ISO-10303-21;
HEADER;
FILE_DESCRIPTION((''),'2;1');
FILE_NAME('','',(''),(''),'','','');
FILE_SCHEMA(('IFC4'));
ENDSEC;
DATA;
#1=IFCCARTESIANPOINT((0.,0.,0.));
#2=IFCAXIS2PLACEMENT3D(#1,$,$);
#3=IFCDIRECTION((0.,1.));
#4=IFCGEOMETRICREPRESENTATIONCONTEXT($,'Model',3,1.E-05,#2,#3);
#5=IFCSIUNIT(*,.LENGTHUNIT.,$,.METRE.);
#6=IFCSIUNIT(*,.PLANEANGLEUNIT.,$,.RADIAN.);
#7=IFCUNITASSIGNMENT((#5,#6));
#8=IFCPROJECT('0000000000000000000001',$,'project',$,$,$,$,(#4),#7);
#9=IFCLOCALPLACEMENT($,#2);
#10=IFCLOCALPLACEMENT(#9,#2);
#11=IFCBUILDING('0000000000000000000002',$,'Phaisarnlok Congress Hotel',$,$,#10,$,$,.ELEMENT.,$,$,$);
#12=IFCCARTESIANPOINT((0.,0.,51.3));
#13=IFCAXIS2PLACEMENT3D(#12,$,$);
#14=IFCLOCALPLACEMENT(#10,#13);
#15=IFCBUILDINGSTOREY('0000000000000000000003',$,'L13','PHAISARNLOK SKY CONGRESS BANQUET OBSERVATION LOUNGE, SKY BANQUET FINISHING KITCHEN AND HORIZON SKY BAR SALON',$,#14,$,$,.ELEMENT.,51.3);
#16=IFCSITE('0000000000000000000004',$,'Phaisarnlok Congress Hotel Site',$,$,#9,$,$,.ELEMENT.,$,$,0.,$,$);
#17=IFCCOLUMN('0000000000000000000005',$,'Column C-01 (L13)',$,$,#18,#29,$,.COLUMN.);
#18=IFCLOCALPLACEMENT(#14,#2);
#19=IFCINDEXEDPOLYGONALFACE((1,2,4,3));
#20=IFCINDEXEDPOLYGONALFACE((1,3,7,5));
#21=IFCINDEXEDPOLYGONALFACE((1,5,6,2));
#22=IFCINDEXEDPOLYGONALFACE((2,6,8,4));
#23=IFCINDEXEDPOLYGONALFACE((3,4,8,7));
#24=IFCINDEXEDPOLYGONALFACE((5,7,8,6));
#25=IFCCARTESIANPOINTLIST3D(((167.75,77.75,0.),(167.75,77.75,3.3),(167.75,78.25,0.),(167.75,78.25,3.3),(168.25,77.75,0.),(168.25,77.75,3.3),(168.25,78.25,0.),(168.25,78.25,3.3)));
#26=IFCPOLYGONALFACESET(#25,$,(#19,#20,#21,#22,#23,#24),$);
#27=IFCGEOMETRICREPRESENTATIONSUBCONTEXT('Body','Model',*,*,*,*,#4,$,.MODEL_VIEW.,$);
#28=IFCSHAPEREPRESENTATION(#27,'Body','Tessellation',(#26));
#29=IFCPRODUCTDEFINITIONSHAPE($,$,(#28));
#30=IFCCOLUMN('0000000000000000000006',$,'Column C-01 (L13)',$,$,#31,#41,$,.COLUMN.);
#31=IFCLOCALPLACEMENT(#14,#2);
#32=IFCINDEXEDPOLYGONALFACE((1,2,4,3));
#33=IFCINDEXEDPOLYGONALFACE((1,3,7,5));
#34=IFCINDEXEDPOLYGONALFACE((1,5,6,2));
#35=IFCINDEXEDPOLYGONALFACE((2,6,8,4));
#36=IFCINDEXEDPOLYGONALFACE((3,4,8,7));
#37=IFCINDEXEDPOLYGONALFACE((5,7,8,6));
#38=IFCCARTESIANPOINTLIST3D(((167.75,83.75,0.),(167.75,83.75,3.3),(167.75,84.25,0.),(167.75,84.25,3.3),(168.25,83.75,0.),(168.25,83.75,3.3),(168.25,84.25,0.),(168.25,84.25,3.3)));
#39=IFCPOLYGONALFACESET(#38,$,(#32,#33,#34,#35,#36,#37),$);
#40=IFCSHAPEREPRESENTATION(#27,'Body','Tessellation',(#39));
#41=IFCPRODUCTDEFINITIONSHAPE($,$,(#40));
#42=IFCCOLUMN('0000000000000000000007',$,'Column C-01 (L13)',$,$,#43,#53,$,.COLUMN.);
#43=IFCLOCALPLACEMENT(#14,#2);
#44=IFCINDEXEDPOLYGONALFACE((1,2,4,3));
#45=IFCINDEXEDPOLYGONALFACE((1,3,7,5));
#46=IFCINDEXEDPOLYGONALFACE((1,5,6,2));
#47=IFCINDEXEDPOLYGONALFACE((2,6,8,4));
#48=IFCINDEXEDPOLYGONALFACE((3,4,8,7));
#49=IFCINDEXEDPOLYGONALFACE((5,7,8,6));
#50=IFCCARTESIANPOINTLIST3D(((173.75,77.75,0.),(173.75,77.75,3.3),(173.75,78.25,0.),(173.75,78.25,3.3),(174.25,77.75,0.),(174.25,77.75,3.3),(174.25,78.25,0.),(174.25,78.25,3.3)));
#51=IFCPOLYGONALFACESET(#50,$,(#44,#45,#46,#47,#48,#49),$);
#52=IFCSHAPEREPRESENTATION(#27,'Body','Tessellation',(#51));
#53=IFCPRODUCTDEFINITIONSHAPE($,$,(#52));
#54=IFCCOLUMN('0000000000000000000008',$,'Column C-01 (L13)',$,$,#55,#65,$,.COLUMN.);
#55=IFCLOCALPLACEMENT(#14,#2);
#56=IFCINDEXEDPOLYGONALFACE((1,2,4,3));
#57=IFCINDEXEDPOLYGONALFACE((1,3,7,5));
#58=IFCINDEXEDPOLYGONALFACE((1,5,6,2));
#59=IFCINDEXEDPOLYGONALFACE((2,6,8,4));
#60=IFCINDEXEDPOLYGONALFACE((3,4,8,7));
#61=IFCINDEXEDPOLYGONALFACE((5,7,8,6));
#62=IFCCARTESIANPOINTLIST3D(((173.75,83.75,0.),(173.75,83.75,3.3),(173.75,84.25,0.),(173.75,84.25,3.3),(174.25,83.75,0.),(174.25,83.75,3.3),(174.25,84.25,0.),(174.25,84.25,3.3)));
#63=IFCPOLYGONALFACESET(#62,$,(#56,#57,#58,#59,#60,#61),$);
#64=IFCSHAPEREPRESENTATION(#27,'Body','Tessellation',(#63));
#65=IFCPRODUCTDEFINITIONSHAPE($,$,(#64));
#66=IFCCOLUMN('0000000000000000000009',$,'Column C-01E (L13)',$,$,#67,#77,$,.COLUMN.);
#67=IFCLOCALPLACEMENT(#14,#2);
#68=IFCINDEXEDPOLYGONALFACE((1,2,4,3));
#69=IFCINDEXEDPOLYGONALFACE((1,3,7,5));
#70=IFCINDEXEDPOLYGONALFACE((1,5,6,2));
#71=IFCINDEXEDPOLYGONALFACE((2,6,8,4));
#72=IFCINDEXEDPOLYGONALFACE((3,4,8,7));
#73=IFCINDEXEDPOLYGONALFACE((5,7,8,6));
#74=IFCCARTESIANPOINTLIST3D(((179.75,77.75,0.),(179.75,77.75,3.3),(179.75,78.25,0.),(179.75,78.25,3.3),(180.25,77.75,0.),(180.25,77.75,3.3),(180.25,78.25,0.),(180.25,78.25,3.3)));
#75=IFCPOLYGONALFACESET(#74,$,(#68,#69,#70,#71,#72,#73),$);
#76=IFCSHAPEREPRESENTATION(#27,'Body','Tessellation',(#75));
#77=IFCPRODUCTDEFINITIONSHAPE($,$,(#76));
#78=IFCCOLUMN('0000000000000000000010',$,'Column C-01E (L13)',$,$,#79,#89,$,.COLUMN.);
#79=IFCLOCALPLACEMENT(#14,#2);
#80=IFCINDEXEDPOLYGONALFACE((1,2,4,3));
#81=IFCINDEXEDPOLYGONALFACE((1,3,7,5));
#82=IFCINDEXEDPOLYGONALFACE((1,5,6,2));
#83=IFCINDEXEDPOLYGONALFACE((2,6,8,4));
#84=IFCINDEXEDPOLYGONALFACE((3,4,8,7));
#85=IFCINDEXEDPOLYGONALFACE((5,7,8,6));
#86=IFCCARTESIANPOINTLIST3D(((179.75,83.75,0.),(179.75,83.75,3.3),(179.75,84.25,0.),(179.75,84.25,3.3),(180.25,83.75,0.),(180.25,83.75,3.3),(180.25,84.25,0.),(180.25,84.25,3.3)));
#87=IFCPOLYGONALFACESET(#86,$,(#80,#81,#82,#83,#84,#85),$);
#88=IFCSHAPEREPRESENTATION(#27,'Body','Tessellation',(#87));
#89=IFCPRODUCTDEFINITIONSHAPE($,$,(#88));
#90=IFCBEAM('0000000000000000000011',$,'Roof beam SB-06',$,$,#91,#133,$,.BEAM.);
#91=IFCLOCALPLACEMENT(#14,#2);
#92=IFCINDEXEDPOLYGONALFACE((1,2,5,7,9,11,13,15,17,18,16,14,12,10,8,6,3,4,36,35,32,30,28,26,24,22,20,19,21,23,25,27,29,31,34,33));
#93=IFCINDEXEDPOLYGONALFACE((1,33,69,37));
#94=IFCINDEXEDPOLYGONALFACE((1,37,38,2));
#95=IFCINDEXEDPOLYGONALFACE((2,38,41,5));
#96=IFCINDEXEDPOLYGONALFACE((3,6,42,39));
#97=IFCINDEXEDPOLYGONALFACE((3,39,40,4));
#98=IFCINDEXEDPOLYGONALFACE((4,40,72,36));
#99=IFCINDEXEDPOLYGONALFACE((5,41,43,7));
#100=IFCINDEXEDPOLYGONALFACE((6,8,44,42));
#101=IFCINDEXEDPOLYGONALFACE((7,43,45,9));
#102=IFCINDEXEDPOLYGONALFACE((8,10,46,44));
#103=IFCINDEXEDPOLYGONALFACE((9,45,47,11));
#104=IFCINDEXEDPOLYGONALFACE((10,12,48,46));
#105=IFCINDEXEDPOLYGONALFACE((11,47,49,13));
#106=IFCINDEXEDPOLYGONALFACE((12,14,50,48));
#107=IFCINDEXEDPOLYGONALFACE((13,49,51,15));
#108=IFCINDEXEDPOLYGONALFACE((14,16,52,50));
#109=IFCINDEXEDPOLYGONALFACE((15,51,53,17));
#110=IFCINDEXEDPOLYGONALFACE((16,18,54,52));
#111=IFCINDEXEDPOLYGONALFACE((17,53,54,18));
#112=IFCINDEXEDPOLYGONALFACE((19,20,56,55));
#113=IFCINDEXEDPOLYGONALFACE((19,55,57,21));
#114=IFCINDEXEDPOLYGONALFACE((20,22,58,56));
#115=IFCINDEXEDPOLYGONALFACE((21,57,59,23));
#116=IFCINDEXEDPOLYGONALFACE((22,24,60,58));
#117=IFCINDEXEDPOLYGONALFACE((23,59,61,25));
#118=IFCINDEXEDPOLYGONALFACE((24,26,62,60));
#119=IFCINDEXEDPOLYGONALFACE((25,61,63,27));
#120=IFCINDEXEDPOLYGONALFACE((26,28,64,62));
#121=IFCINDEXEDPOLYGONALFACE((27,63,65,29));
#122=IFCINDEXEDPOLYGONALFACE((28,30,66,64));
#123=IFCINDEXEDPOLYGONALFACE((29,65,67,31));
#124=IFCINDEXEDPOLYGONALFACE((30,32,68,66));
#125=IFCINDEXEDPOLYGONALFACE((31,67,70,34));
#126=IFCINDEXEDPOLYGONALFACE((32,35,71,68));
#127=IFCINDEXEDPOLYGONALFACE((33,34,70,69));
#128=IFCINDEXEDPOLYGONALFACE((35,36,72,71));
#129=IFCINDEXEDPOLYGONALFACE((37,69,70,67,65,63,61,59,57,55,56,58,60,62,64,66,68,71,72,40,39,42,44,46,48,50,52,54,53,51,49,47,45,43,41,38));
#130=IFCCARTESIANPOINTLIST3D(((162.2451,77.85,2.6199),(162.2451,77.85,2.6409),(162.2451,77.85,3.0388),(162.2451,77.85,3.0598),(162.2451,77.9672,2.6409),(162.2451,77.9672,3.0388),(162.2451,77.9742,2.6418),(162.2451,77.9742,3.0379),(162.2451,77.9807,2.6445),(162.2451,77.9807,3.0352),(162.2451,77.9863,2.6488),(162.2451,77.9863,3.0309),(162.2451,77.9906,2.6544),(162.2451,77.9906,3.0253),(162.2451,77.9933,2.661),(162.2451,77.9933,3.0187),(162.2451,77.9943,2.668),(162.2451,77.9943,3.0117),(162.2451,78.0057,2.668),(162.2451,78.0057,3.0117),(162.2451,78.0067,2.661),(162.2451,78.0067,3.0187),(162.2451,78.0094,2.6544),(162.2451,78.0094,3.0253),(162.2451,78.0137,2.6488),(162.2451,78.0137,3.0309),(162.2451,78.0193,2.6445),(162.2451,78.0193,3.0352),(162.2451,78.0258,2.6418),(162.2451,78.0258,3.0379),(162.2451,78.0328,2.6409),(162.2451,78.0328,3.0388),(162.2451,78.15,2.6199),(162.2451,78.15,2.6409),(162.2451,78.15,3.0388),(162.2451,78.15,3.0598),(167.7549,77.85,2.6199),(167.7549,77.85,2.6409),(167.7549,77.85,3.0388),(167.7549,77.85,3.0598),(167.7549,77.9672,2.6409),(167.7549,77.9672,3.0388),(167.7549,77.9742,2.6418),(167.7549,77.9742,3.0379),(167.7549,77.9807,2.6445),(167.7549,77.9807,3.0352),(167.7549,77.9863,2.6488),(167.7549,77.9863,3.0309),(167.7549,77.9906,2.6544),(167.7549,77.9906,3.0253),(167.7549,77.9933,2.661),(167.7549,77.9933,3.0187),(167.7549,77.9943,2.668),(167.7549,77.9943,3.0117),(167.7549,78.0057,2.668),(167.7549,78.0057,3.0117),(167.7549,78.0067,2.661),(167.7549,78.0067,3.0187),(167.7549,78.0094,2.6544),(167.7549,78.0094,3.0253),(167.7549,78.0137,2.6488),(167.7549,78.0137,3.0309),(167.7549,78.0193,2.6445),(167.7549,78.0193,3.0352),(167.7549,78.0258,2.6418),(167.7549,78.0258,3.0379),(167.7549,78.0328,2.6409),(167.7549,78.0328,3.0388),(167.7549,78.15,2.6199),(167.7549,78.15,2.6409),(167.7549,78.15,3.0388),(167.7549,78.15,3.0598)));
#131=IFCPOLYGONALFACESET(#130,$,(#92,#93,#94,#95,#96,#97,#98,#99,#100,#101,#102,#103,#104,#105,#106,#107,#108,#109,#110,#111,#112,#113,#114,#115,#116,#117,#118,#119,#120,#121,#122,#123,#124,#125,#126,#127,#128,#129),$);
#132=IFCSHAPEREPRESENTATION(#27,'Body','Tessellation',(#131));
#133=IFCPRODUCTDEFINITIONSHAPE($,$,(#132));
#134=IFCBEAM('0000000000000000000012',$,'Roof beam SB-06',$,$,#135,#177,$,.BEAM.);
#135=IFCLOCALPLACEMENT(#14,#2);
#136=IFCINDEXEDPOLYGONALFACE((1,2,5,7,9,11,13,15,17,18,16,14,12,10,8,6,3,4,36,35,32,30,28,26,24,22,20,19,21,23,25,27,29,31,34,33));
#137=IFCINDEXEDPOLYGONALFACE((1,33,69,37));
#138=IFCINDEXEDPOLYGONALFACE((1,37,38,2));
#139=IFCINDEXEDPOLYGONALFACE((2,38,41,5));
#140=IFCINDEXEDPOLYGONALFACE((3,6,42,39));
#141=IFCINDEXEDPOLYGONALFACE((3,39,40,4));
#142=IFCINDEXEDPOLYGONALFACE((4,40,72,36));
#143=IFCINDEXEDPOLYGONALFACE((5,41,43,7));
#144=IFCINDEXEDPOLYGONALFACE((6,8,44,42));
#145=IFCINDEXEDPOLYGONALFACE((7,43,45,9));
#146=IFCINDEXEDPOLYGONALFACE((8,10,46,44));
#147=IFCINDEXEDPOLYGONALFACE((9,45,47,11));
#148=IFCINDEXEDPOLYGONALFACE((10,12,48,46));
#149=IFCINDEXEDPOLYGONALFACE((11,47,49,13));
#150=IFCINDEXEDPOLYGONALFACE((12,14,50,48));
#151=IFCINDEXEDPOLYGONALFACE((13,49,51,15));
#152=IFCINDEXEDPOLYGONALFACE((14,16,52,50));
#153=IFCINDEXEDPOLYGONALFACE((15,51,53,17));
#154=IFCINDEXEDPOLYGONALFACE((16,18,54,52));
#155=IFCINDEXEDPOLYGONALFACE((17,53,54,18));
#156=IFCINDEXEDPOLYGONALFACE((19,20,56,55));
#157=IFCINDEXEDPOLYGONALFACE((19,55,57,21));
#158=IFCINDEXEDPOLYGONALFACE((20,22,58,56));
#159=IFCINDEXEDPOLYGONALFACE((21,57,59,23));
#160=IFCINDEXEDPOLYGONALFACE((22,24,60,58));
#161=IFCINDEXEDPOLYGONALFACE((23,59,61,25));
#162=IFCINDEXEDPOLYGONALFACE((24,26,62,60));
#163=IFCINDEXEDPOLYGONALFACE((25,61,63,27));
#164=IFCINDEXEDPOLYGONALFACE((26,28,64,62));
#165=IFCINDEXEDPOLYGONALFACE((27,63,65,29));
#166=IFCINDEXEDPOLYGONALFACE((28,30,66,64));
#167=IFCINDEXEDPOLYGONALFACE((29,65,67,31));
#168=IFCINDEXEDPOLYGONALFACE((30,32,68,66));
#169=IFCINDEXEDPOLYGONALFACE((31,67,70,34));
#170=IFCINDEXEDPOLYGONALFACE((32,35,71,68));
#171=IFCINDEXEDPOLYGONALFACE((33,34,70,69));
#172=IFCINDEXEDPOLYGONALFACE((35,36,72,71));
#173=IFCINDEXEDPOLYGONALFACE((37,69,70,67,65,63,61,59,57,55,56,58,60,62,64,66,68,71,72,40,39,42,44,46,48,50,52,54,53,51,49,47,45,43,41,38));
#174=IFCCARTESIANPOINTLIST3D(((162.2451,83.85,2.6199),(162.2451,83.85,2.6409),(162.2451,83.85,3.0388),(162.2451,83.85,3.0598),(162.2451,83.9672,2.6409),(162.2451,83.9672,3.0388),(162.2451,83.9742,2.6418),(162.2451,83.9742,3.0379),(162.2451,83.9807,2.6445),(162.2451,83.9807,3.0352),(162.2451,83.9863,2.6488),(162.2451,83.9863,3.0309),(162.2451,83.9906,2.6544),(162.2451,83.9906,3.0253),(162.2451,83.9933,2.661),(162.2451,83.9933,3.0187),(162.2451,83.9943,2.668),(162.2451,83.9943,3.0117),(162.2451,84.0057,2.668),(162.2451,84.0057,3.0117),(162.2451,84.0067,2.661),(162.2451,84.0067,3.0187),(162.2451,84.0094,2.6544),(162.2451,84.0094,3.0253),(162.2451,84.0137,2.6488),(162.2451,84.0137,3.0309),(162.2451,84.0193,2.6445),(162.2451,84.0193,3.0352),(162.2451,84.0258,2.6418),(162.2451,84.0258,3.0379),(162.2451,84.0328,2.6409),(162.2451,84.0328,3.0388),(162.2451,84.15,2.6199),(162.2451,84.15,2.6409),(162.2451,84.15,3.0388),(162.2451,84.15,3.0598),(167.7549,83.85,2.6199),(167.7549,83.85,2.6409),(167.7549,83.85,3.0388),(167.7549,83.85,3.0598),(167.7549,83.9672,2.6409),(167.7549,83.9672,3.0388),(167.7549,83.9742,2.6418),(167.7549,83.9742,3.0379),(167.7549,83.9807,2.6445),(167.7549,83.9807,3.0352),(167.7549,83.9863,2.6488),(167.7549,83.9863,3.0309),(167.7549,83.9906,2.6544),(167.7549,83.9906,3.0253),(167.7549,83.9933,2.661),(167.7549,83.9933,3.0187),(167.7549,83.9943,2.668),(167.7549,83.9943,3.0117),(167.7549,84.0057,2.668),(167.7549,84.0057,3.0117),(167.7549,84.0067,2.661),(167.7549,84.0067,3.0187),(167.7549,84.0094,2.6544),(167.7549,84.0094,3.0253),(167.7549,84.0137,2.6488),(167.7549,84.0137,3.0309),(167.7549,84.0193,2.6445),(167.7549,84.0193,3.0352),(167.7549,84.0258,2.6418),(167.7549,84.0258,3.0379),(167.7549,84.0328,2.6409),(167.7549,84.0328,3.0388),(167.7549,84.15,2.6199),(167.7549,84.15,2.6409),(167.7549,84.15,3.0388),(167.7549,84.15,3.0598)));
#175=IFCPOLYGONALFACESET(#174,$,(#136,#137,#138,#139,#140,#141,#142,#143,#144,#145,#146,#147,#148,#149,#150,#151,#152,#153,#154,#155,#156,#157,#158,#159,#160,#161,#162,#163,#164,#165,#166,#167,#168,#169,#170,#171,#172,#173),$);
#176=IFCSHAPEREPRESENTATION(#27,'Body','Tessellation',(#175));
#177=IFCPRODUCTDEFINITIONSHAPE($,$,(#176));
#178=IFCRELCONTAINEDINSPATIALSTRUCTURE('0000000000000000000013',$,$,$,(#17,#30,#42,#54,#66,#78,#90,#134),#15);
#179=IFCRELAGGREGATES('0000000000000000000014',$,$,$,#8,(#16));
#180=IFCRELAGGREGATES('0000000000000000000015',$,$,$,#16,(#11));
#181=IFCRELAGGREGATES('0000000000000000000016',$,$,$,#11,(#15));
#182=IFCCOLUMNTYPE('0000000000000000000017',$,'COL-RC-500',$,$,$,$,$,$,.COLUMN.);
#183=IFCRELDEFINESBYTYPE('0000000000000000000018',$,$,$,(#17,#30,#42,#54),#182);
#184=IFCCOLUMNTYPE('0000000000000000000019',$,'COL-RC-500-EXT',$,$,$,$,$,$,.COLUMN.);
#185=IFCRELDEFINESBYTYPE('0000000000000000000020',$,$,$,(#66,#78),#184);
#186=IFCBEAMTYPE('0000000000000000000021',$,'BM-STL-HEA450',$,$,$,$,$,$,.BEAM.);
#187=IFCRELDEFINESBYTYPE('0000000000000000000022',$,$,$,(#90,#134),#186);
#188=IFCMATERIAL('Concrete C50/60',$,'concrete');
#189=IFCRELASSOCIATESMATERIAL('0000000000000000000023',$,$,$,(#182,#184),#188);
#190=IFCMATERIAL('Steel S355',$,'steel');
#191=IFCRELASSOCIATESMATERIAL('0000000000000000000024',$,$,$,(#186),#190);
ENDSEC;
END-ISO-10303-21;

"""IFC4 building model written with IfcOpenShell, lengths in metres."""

from ifc_helpers import new_model, si_unit, direction, frame, origin, origin_2d, place, context, subcontext, project, spatial, rectangle, i_section, extrude, material, material_profile, profile_set, type_object, element, save


model = new_model("IFC4")

# Units and contexts
model_context = context("Model", 3, precision=1e-05, world=origin(), true_north=direction((0.0, 1.0)))
body_context = subcontext(model_context, "Body", "Model", "MODEL_VIEW")
ifc_project = project(units=[si_unit("LENGTHUNIT", "METRE"), si_unit("PLANEANGLEUNIT", "RADIAN")], contexts=[model_context])

# Site, building, storey
site_placement = place(None, origin())
site = spatial("IfcSite", under=ifc_project, at=site_placement, Name="Phaisarnlok Congress Hotel Site", CompositionType="ELEMENT", RefElevation=0.0)
building_placement = place(site_placement, origin())
building = spatial("IfcBuilding", under=site, at=building_placement, Name="Phaisarnlok Congress Hotel", CompositionType="ELEMENT")
storey_placement = place(building_placement, frame((0.0, 0.0, 51.3)))
storey = spatial("IfcBuildingStorey", under=building, at=storey_placement, Name="L13", Description="PHAISARNLOK SKY CONGRESS BANQUET OBSERVATION LOUNGE, SKY BANQUET FINISHING KITCHEN AND HORIZON SKY BAR SALON", CompositionType="ELEMENT", Elevation=51.3)

# Columns
ifc_material_1 = material(Name="Concrete C50/60", Category="concrete")
ifc_material_profile_1 = material_profile(ifc_material_1, rectangle(XDim=0.5, YDim=0.5, at=origin_2d()), Name="RC 500x500")
ifc_profile_set_1 = profile_set([ifc_material_profile_1], Name="Concrete C50/60")
column_type_1 = type_object("IfcColumnType", Name="COL-RC-500", PredefinedType="COLUMN", material=ifc_profile_set_1)
for number, where, z_axis, x_axis, name in (
    (1, (168.0, 78.0, 0.0), (0.0, 0.0, 1.0), (1.0, 0.0, 0.0), "Column C-01 (L13)"),
    (2, (168.0, 84.0, 0.0), (0.0, 0.0, 1.0), (1.0, 0.0, 0.0), "Column C-01 (L13)"),
    (3, (174.0, 78.0, 0.0), (0.0, 0.0, 1.0), (1.0, 0.0, 0.0), "Column C-01 (L13)"),
    (4, (174.0, 84.0, 0.0), (0.0, 0.0, 1.0), (1.0, 0.0, 0.0), "Column C-01 (L13)"),
):
    element("IfcColumn", number, at=place(storey_placement, frame(where, z_axis=z_axis, x_axis=x_axis)), inside=storey, type_object=column_type_1, Name=name, PredefinedType="COLUMN", context=body_context, shape_type="SweptSolid", body=[
        extrude(rectangle(XDim=0.5, YDim=0.5, at=origin_2d()), origin(), (0.0, 0.0, 1.0), 3.3),
    ])
ifc_material_profile_2 = material_profile(ifc_material_1, rectangle(XDim=0.5, YDim=0.5, at=origin_2d()), Name="RC 500x500")
ifc_profile_set_2 = profile_set([ifc_material_profile_2], Name="Concrete C50/60")
column_type_2 = type_object("IfcColumnType", Name="COL-RC-500-EXT", PredefinedType="COLUMN", material=ifc_profile_set_2)
for number, where, z_axis, x_axis, name in (
    (5, (180.0, 78.0, 0.0), (0.0, 0.0, 1.0), (1.0, 0.0, 0.0), "Column C-01E (L13)"),
    (6, (180.0, 84.0, 0.0), (0.0, 0.0, 1.0), (1.0, 0.0, 0.0), "Column C-01E (L13)"),
):
    element("IfcColumn", number, at=place(storey_placement, frame(where, z_axis=z_axis, x_axis=x_axis)), inside=storey, type_object=column_type_2, Name=name, PredefinedType="COLUMN", context=body_context, shape_type="SweptSolid", body=[
        extrude(rectangle(XDim=0.5, YDim=0.5, at=origin_2d()), origin(), (0.0, 0.0, 1.0), 3.3),
    ])

# Beams
ifc_material_2 = material(Name="Steel S355", Category="steel")
ifc_material_profile_3 = material_profile(ifc_material_2, i_section(OverallWidth=0.3, OverallDepth=0.4399, WebThickness=0.0115, FlangeThickness=0.021, FilletRadius=0.0271, at=origin_2d()), Name="HEA 450")
ifc_profile_set_3 = profile_set([ifc_material_profile_3], Name="Steel S355")
beam_type_1 = type_object("IfcBeamType", Name="BM-STL-HEA450", PredefinedType="BEAM", material=ifc_profile_set_3)
for number, where, z_axis, x_axis, name in (
    (7, (162.2451, 78.0, 2.8398), (1.0, 0.0, 0.0), (0.0, 1.0, 0.0), "Roof beam SB-06"),
    (8, (162.2451, 84.0, 2.8398), (1.0, 0.0, 0.0), (0.0, 1.0, 0.0), "Roof beam SB-06"),
):
    element("IfcBeam", number, at=place(storey_placement, frame(where, z_axis=z_axis, x_axis=x_axis)), inside=storey, type_object=beam_type_1, Name=name, PredefinedType="BEAM", context=body_context, shape_type="SweptSolid", body=[
        extrude(i_section(OverallWidth=0.3, OverallDepth=0.4399, WebThickness=0.0115, FlangeThickness=0.021, FilletRadius=0.0271, at=origin_2d()), origin(), (0.0, 0.0, 1.0), 5.5098),
    ])

save(model, "model.ifc")
